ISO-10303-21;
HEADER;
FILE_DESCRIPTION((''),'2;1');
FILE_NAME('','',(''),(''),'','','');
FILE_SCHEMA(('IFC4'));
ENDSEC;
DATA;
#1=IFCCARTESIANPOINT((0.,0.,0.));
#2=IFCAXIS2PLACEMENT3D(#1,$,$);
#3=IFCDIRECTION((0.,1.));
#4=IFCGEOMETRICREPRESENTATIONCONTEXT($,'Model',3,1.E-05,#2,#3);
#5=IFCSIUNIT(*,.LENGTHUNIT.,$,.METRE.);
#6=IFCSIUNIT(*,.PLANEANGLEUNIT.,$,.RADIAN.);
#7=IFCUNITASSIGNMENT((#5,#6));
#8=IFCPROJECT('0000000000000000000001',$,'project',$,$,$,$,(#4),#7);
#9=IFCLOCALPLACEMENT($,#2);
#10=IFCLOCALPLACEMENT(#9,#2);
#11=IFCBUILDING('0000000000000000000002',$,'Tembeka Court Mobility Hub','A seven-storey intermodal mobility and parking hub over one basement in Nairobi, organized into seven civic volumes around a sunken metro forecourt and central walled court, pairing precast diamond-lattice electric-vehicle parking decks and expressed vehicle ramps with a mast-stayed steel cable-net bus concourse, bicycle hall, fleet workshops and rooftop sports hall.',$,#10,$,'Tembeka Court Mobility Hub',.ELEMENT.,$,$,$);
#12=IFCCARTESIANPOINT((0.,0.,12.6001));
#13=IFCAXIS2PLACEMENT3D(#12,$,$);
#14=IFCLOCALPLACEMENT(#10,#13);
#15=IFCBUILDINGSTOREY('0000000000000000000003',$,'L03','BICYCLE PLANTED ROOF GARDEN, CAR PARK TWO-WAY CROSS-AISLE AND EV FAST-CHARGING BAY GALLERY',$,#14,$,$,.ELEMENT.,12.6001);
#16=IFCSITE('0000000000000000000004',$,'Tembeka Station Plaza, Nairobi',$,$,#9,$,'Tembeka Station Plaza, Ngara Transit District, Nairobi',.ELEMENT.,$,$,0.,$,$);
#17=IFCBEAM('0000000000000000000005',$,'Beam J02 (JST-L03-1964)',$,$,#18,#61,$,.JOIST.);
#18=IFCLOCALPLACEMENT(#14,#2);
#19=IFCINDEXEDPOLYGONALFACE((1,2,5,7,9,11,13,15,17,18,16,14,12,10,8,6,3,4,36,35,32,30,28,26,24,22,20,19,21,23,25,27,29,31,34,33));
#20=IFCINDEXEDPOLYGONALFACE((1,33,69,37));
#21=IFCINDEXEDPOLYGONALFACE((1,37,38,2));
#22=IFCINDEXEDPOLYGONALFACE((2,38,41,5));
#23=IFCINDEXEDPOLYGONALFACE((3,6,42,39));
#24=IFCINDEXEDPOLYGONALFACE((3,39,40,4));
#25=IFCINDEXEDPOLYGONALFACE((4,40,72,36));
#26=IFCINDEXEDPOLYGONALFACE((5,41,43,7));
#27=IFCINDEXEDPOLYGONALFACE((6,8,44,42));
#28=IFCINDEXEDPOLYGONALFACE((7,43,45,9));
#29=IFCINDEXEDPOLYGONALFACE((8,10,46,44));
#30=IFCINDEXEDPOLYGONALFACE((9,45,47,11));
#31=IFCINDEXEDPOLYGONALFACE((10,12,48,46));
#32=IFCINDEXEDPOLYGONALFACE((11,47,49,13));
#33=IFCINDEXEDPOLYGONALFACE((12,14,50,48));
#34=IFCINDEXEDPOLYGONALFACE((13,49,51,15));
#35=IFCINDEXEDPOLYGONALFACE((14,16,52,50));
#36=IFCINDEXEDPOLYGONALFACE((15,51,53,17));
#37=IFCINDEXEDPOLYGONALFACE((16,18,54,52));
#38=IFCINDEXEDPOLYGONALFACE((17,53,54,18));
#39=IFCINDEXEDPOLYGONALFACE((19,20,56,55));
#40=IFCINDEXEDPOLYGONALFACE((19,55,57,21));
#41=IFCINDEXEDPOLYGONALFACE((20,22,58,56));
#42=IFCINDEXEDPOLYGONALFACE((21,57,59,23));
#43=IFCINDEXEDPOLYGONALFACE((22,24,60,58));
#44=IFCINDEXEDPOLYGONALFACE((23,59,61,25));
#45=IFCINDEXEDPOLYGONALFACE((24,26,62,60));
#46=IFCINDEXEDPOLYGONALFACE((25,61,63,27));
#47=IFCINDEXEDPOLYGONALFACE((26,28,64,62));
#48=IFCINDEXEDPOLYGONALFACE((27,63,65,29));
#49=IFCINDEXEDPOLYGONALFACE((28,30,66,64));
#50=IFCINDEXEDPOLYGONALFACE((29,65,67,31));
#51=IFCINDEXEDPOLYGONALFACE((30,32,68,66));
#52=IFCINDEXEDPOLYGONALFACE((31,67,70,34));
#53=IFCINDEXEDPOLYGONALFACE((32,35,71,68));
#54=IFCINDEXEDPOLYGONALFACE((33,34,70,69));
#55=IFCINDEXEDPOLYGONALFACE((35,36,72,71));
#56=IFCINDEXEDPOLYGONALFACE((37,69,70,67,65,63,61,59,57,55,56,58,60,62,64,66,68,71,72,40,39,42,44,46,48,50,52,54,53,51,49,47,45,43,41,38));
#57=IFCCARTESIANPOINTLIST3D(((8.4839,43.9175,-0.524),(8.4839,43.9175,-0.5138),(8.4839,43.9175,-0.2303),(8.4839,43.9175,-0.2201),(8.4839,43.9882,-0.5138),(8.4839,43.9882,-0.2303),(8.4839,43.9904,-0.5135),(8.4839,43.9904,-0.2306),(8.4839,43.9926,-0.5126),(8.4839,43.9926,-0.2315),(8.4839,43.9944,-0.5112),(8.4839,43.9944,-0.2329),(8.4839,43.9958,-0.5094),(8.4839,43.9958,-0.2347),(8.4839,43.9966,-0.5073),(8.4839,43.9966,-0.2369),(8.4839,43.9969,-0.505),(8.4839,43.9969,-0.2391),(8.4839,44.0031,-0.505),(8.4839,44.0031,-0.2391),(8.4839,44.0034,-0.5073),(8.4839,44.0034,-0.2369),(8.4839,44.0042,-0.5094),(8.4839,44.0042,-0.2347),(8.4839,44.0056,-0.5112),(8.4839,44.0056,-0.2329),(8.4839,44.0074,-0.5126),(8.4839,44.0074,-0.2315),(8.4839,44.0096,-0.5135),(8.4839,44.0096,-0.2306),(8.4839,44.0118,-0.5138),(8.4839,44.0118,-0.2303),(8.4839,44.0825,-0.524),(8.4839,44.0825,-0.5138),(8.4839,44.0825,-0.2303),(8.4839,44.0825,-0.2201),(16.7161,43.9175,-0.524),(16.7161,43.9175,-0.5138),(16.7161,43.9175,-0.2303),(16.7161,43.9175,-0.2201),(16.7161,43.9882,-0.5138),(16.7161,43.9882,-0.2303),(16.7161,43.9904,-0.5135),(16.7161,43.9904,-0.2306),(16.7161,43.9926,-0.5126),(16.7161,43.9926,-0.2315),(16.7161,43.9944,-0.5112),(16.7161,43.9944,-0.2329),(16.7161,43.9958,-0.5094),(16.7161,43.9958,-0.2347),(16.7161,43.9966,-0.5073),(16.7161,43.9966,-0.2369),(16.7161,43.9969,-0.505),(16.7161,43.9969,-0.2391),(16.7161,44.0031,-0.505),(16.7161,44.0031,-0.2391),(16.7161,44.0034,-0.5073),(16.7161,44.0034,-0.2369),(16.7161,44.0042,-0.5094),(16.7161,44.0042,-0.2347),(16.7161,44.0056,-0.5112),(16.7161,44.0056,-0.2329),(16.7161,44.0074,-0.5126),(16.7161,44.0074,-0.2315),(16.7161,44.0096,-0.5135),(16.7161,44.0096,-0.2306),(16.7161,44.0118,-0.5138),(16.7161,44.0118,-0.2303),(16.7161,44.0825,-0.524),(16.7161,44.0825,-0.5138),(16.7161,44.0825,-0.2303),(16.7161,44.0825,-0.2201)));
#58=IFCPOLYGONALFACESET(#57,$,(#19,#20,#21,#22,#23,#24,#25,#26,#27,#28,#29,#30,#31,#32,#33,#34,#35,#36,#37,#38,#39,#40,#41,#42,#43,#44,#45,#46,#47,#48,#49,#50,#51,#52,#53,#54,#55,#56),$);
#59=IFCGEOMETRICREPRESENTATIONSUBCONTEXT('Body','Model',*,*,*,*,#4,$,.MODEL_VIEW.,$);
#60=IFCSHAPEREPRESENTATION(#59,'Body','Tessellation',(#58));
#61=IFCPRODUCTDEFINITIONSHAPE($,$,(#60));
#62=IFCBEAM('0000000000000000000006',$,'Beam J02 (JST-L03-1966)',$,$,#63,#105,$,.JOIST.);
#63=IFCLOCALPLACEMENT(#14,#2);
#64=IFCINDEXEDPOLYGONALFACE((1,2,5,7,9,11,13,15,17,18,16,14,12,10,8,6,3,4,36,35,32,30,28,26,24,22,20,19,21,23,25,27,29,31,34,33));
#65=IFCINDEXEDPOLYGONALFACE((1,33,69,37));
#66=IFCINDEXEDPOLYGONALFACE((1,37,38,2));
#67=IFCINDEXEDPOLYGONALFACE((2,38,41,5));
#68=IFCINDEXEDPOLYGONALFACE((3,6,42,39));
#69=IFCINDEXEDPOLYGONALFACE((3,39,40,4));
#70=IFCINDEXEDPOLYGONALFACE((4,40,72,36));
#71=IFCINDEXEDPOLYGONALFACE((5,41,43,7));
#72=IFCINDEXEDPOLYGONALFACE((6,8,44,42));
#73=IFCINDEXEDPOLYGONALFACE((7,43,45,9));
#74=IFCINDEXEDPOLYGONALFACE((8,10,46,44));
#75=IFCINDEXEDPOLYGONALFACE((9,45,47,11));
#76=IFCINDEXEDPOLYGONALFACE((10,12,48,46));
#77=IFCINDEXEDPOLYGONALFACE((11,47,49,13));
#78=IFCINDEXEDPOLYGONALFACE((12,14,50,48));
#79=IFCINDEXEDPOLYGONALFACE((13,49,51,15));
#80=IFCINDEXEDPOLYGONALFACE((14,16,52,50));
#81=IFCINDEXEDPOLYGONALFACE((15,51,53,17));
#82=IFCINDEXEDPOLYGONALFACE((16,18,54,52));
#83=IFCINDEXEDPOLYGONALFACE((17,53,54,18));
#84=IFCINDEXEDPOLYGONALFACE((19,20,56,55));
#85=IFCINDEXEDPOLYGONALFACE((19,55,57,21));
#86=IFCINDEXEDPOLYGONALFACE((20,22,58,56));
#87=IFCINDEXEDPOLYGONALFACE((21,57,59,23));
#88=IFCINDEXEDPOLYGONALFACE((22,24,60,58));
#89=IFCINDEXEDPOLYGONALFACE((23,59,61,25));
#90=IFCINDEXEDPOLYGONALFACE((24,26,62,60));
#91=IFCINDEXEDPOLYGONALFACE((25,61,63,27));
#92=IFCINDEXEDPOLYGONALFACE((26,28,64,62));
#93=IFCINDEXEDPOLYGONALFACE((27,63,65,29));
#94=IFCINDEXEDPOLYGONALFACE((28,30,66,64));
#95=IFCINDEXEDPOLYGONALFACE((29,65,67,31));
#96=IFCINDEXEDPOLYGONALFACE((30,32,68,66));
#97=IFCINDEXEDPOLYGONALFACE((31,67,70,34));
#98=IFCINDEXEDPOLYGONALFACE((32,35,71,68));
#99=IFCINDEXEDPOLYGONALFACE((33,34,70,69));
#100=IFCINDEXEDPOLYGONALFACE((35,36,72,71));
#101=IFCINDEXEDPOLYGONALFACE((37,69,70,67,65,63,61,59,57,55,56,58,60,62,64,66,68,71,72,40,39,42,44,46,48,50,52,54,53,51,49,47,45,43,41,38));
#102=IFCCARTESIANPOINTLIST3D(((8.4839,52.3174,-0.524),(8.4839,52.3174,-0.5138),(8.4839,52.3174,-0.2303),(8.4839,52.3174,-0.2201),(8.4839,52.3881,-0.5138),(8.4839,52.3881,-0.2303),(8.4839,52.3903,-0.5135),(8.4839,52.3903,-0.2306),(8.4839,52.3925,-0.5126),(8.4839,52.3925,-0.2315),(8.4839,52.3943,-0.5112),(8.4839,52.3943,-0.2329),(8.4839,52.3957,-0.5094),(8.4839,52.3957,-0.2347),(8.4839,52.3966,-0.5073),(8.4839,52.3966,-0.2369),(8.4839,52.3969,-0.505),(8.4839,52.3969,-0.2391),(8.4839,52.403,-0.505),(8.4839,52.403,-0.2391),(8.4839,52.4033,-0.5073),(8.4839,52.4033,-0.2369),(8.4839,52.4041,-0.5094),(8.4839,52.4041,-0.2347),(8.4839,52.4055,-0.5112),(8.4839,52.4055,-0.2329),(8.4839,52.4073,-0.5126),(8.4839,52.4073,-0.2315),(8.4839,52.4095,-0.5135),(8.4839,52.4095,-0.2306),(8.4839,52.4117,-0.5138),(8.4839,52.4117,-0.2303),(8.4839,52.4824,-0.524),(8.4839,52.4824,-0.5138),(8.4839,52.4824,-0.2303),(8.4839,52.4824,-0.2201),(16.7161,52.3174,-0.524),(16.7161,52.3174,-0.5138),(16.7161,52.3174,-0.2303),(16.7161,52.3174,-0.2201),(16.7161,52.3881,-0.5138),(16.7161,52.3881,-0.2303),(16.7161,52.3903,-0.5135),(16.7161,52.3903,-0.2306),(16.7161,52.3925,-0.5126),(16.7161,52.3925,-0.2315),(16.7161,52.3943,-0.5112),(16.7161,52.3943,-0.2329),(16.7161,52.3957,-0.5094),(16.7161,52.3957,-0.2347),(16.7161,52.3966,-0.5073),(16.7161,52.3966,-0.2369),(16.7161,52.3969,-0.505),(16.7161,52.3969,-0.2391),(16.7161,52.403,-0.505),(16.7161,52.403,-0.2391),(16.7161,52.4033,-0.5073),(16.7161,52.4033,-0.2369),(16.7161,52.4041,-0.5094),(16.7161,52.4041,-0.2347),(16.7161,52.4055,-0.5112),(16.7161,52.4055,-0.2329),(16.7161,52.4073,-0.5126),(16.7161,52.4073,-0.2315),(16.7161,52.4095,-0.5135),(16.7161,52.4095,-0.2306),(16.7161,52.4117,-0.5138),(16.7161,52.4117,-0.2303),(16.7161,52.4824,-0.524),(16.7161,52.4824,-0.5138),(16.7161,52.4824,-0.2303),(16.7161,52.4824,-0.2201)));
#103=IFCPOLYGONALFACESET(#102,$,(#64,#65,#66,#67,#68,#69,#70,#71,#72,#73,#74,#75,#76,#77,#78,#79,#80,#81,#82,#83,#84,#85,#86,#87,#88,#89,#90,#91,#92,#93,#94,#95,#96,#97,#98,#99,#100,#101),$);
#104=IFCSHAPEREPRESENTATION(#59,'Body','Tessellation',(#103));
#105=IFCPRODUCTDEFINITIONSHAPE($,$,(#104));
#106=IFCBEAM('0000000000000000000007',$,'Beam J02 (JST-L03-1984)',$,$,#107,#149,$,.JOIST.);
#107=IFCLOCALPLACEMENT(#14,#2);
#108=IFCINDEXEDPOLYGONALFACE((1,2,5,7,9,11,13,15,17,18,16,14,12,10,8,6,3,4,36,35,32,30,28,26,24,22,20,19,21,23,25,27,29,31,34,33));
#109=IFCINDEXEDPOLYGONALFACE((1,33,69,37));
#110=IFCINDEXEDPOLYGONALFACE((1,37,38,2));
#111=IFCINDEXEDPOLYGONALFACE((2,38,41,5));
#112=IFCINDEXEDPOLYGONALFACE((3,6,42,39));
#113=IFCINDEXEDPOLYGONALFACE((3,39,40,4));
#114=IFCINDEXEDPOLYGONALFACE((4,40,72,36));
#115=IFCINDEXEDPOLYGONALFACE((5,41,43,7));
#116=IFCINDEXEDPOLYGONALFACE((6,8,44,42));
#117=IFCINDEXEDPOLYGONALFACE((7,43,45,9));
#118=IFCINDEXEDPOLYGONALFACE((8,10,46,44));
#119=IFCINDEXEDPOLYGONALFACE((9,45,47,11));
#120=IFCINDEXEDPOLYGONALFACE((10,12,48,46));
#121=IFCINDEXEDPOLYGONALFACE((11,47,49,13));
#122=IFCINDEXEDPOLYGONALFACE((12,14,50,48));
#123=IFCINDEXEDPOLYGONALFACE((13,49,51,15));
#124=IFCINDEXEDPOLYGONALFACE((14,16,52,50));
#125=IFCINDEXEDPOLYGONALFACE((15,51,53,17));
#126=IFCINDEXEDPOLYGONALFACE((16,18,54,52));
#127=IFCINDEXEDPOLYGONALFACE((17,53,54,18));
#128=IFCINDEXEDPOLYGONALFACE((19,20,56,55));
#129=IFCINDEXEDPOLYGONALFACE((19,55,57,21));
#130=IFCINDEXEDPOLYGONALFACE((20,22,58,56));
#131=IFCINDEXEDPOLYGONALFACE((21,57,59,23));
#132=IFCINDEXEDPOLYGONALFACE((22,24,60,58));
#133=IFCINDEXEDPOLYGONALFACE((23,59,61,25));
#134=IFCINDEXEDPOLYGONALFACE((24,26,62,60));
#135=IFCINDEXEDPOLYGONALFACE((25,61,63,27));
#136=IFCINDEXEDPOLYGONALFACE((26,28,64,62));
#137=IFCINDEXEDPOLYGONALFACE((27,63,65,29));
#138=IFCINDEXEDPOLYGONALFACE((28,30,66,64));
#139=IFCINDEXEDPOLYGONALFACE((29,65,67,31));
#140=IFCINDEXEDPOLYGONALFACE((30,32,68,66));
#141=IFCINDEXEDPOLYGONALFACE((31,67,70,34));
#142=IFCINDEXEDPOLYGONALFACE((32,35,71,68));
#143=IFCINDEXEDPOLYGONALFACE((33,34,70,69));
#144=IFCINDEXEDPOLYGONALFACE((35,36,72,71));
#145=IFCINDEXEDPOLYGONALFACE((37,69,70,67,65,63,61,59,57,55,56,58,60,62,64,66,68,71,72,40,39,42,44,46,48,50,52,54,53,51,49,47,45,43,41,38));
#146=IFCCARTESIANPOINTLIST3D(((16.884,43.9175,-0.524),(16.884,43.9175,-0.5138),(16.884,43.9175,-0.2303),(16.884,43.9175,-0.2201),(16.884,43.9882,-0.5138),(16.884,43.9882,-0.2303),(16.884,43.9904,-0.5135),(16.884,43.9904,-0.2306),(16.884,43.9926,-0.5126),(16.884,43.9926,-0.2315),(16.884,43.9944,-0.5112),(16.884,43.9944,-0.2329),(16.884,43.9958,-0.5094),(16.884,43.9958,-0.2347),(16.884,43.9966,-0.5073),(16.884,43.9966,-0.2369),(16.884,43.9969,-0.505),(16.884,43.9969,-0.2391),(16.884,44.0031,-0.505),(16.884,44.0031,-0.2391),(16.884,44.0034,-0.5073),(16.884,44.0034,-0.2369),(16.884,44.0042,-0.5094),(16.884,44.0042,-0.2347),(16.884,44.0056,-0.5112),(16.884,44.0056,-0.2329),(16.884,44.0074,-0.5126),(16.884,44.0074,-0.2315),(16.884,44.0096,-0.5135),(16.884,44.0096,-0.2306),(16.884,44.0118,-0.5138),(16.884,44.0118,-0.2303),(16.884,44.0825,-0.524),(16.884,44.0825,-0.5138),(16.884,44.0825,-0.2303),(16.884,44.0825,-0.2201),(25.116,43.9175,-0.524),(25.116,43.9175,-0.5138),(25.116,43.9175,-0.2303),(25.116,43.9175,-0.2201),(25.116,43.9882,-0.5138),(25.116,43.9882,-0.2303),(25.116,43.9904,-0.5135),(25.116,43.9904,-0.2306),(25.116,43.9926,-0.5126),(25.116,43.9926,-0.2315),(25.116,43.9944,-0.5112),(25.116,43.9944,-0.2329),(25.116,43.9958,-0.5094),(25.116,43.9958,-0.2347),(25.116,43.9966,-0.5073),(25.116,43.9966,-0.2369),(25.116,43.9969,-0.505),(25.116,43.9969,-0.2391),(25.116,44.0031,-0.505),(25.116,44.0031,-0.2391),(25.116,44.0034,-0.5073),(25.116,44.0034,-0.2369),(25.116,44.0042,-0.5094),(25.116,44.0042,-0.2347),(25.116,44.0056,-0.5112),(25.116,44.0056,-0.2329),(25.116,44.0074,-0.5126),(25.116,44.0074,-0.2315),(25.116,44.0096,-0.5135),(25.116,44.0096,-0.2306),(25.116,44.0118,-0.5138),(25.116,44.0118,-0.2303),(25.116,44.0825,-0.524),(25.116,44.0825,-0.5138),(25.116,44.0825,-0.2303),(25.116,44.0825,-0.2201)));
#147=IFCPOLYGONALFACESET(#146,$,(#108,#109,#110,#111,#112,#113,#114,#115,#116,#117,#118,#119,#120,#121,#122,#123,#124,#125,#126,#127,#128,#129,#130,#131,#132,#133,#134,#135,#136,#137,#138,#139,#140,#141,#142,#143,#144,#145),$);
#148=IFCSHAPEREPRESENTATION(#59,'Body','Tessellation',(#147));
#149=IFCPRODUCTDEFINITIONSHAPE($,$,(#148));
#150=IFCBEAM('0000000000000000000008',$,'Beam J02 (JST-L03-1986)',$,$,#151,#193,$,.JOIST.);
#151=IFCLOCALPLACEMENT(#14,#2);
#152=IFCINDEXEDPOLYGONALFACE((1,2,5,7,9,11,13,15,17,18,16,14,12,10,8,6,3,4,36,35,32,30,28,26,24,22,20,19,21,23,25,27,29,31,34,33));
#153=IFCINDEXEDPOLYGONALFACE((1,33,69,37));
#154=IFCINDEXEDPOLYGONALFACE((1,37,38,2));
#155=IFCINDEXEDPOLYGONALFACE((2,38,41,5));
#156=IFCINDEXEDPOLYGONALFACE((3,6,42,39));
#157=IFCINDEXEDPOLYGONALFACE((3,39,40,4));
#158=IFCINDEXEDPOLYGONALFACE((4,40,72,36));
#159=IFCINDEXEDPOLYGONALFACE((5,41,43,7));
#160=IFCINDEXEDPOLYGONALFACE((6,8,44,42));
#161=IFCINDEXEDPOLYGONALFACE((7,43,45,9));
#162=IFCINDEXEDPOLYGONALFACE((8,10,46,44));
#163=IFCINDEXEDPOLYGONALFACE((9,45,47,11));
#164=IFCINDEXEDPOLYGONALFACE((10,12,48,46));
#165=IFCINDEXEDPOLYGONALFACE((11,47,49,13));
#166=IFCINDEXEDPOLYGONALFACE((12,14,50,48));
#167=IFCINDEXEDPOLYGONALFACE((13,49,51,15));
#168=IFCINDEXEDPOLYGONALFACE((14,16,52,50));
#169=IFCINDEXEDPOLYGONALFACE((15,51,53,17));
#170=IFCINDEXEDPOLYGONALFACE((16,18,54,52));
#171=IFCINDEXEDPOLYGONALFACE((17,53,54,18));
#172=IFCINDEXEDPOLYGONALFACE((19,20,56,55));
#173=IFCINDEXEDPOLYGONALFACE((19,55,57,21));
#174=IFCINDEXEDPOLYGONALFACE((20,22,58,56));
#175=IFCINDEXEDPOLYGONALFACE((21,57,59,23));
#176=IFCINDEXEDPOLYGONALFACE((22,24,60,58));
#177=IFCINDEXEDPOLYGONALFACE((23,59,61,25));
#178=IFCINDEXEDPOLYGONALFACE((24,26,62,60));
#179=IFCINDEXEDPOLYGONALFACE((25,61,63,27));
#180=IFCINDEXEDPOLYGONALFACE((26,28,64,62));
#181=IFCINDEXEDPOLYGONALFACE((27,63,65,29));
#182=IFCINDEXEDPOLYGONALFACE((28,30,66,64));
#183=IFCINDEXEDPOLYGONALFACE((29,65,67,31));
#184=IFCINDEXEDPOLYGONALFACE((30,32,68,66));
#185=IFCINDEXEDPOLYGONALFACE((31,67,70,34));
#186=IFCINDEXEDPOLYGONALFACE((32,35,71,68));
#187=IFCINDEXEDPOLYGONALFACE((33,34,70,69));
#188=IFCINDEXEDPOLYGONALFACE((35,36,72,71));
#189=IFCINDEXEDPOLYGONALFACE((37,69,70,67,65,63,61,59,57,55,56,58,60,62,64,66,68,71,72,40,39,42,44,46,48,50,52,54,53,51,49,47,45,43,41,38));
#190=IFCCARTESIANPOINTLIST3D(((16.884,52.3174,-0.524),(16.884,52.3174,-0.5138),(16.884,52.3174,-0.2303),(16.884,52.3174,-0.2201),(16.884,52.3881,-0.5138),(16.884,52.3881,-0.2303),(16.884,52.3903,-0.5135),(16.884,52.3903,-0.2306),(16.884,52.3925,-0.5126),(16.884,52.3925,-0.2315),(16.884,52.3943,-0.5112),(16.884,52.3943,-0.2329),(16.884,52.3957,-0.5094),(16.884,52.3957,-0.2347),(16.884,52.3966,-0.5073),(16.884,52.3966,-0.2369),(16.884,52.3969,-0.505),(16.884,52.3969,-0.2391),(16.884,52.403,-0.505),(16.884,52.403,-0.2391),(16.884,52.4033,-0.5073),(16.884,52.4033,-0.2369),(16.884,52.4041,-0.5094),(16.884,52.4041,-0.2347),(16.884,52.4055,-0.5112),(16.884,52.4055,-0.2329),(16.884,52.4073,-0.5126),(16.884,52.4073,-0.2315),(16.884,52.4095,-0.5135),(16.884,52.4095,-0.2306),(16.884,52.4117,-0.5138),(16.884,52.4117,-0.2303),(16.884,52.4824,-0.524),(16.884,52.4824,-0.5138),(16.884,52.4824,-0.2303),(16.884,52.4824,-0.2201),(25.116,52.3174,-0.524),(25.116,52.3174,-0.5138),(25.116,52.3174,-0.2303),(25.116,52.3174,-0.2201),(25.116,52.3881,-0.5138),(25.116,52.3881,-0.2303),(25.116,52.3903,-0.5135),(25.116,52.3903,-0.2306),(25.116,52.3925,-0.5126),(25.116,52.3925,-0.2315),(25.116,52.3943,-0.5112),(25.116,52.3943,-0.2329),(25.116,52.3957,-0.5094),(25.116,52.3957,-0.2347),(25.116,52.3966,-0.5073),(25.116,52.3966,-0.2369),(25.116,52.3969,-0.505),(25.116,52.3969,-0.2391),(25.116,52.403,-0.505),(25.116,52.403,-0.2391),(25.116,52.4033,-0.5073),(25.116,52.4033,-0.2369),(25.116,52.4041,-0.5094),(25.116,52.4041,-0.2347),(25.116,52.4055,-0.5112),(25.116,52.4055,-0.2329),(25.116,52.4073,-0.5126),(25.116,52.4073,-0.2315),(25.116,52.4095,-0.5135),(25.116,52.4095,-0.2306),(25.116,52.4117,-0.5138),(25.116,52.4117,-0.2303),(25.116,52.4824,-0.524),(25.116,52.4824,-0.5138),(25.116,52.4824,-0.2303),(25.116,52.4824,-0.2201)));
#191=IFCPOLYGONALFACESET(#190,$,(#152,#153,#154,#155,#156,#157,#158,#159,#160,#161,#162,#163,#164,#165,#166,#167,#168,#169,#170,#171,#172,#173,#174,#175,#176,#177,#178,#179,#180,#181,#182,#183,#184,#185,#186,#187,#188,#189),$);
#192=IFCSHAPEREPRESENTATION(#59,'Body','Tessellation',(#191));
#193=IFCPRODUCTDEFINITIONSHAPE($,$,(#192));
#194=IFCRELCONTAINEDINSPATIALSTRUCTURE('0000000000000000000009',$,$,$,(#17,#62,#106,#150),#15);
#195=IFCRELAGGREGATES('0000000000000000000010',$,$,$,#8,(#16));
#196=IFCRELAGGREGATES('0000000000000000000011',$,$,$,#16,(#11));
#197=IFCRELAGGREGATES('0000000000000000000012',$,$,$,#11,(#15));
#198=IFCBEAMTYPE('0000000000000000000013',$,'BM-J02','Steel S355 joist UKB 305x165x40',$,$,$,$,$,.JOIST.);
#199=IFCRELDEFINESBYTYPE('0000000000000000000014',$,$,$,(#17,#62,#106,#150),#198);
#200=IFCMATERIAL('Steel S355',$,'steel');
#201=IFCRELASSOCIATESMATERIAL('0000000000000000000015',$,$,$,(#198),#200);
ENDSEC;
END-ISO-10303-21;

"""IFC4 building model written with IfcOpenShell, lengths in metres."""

from ifc_helpers import new_model, si_unit, direction, frame, origin, origin_2d, place, context, subcontext, project, spatial, i_section, extrude, material, material_profile, profile_set, type_object, element, save


model = new_model("IFC4")

# Units and contexts
model_context = context("Model", 3, precision=1e-05, world=origin(), true_north=direction((0.0, 1.0)))
body_context = subcontext(model_context, "Body", "Model", "MODEL_VIEW")
ifc_project = project(units=[si_unit("LENGTHUNIT", "METRE"), si_unit("PLANEANGLEUNIT", "RADIAN")], contexts=[model_context])

# Site, building, storey
site_placement = place(None, origin())
site = spatial("IfcSite", under=ifc_project, at=site_placement, Name="Tembeka Station Plaza, Nairobi", LongName="Tembeka Station Plaza, Ngara Transit District, Nairobi", CompositionType="ELEMENT", RefElevation=0.0)
building_placement = place(site_placement, origin())
building = spatial("IfcBuilding", under=site, at=building_placement, Name="Tembeka Court Mobility Hub", Description="A seven-storey intermodal mobility and parking hub over one basement in Nairobi, organized into seven civic volumes around a sunken metro forecourt and central walled court, pairing precast diamond-lattice electric-vehicle parking decks and expressed vehicle ramps with a mast-stayed steel cable-net bus concourse, bicycle hall, fleet workshops and rooftop sports hall.", LongName="Tembeka Court Mobility Hub", CompositionType="ELEMENT")
storey_placement = place(building_placement, frame((0.0, 0.0, 12.6001)))
storey = spatial("IfcBuildingStorey", under=building, at=storey_placement, Name="L03", Description="BICYCLE PLANTED ROOF GARDEN, CAR PARK TWO-WAY CROSS-AISLE AND EV FAST-CHARGING BAY GALLERY", CompositionType="ELEMENT", Elevation=12.6001)

# Shared definitions
ifc_material_1 = material(Name="Steel S355", Category="steel")

# Beams
ifc_material_profile_1 = material_profile(ifc_material_1, i_section(OverallWidth=0.165, OverallDepth=0.304, WebThickness=0.0061, FlangeThickness=0.0103, FilletRadius=0.0088, at=origin_2d()), Name="UKB 305x165x40")
ifc_profile_set_1 = profile_set([ifc_material_profile_1], Name="Steel S355")
beam_type_1 = type_object("IfcBeamType", Name="BM-J02", Description="Steel S355 joist UKB 305x165x40", PredefinedType="JOIST", material=ifc_profile_set_1)
for number, where, z_axis, x_axis, name in (
    (1, (8.4839, 44.0, -0.3721), (1.0, 0.0, 0.0), (0.0, 1.0, 0.0), "Beam J02 (JST-L03-1964)"),
    (2, (8.4839, 52.3999, -0.3721), (1.0, 0.0, 0.0), (0.0, 1.0, 0.0), "Beam J02 (JST-L03-1966)"),
):
    element("IfcBeam", number, at=place(storey_placement, frame(where, z_axis=z_axis, x_axis=x_axis)), inside=storey, type_object=beam_type_1, Name=name, PredefinedType="JOIST", context=body_context, shape_type="SweptSolid", body=[
        extrude(i_section(OverallWidth=0.165, OverallDepth=0.304, WebThickness=0.0061, FlangeThickness=0.0103, FilletRadius=0.0088, at=origin_2d()), origin(), (0.0, 0.0, 1.0), 8.2322),
    ])
for number, where, z_axis, x_axis, name in (
    (3, (16.884, 44.0, -0.3721), (1.0, 0.0, 0.0), (0.0, 1.0, 0.0), "Beam J02 (JST-L03-1984)"),
    (4, (16.884, 52.3999, -0.3721), (1.0, 0.0, 0.0), (0.0, 1.0, 0.0), "Beam J02 (JST-L03-1986)"),
):
    element("IfcBeam", number, at=place(storey_placement, frame(where, z_axis=z_axis, x_axis=x_axis)), inside=storey, type_object=beam_type_1, Name=name, PredefinedType="JOIST", context=body_context, shape_type="SweptSolid", body=[
        extrude(i_section(OverallWidth=0.165, OverallDepth=0.304, WebThickness=0.0061, FlangeThickness=0.0103, FilletRadius=0.0088, at=origin_2d()), origin(), (0.0, 0.0, 1.0), 8.2319),
    ])

save(model, "model.ifc")
